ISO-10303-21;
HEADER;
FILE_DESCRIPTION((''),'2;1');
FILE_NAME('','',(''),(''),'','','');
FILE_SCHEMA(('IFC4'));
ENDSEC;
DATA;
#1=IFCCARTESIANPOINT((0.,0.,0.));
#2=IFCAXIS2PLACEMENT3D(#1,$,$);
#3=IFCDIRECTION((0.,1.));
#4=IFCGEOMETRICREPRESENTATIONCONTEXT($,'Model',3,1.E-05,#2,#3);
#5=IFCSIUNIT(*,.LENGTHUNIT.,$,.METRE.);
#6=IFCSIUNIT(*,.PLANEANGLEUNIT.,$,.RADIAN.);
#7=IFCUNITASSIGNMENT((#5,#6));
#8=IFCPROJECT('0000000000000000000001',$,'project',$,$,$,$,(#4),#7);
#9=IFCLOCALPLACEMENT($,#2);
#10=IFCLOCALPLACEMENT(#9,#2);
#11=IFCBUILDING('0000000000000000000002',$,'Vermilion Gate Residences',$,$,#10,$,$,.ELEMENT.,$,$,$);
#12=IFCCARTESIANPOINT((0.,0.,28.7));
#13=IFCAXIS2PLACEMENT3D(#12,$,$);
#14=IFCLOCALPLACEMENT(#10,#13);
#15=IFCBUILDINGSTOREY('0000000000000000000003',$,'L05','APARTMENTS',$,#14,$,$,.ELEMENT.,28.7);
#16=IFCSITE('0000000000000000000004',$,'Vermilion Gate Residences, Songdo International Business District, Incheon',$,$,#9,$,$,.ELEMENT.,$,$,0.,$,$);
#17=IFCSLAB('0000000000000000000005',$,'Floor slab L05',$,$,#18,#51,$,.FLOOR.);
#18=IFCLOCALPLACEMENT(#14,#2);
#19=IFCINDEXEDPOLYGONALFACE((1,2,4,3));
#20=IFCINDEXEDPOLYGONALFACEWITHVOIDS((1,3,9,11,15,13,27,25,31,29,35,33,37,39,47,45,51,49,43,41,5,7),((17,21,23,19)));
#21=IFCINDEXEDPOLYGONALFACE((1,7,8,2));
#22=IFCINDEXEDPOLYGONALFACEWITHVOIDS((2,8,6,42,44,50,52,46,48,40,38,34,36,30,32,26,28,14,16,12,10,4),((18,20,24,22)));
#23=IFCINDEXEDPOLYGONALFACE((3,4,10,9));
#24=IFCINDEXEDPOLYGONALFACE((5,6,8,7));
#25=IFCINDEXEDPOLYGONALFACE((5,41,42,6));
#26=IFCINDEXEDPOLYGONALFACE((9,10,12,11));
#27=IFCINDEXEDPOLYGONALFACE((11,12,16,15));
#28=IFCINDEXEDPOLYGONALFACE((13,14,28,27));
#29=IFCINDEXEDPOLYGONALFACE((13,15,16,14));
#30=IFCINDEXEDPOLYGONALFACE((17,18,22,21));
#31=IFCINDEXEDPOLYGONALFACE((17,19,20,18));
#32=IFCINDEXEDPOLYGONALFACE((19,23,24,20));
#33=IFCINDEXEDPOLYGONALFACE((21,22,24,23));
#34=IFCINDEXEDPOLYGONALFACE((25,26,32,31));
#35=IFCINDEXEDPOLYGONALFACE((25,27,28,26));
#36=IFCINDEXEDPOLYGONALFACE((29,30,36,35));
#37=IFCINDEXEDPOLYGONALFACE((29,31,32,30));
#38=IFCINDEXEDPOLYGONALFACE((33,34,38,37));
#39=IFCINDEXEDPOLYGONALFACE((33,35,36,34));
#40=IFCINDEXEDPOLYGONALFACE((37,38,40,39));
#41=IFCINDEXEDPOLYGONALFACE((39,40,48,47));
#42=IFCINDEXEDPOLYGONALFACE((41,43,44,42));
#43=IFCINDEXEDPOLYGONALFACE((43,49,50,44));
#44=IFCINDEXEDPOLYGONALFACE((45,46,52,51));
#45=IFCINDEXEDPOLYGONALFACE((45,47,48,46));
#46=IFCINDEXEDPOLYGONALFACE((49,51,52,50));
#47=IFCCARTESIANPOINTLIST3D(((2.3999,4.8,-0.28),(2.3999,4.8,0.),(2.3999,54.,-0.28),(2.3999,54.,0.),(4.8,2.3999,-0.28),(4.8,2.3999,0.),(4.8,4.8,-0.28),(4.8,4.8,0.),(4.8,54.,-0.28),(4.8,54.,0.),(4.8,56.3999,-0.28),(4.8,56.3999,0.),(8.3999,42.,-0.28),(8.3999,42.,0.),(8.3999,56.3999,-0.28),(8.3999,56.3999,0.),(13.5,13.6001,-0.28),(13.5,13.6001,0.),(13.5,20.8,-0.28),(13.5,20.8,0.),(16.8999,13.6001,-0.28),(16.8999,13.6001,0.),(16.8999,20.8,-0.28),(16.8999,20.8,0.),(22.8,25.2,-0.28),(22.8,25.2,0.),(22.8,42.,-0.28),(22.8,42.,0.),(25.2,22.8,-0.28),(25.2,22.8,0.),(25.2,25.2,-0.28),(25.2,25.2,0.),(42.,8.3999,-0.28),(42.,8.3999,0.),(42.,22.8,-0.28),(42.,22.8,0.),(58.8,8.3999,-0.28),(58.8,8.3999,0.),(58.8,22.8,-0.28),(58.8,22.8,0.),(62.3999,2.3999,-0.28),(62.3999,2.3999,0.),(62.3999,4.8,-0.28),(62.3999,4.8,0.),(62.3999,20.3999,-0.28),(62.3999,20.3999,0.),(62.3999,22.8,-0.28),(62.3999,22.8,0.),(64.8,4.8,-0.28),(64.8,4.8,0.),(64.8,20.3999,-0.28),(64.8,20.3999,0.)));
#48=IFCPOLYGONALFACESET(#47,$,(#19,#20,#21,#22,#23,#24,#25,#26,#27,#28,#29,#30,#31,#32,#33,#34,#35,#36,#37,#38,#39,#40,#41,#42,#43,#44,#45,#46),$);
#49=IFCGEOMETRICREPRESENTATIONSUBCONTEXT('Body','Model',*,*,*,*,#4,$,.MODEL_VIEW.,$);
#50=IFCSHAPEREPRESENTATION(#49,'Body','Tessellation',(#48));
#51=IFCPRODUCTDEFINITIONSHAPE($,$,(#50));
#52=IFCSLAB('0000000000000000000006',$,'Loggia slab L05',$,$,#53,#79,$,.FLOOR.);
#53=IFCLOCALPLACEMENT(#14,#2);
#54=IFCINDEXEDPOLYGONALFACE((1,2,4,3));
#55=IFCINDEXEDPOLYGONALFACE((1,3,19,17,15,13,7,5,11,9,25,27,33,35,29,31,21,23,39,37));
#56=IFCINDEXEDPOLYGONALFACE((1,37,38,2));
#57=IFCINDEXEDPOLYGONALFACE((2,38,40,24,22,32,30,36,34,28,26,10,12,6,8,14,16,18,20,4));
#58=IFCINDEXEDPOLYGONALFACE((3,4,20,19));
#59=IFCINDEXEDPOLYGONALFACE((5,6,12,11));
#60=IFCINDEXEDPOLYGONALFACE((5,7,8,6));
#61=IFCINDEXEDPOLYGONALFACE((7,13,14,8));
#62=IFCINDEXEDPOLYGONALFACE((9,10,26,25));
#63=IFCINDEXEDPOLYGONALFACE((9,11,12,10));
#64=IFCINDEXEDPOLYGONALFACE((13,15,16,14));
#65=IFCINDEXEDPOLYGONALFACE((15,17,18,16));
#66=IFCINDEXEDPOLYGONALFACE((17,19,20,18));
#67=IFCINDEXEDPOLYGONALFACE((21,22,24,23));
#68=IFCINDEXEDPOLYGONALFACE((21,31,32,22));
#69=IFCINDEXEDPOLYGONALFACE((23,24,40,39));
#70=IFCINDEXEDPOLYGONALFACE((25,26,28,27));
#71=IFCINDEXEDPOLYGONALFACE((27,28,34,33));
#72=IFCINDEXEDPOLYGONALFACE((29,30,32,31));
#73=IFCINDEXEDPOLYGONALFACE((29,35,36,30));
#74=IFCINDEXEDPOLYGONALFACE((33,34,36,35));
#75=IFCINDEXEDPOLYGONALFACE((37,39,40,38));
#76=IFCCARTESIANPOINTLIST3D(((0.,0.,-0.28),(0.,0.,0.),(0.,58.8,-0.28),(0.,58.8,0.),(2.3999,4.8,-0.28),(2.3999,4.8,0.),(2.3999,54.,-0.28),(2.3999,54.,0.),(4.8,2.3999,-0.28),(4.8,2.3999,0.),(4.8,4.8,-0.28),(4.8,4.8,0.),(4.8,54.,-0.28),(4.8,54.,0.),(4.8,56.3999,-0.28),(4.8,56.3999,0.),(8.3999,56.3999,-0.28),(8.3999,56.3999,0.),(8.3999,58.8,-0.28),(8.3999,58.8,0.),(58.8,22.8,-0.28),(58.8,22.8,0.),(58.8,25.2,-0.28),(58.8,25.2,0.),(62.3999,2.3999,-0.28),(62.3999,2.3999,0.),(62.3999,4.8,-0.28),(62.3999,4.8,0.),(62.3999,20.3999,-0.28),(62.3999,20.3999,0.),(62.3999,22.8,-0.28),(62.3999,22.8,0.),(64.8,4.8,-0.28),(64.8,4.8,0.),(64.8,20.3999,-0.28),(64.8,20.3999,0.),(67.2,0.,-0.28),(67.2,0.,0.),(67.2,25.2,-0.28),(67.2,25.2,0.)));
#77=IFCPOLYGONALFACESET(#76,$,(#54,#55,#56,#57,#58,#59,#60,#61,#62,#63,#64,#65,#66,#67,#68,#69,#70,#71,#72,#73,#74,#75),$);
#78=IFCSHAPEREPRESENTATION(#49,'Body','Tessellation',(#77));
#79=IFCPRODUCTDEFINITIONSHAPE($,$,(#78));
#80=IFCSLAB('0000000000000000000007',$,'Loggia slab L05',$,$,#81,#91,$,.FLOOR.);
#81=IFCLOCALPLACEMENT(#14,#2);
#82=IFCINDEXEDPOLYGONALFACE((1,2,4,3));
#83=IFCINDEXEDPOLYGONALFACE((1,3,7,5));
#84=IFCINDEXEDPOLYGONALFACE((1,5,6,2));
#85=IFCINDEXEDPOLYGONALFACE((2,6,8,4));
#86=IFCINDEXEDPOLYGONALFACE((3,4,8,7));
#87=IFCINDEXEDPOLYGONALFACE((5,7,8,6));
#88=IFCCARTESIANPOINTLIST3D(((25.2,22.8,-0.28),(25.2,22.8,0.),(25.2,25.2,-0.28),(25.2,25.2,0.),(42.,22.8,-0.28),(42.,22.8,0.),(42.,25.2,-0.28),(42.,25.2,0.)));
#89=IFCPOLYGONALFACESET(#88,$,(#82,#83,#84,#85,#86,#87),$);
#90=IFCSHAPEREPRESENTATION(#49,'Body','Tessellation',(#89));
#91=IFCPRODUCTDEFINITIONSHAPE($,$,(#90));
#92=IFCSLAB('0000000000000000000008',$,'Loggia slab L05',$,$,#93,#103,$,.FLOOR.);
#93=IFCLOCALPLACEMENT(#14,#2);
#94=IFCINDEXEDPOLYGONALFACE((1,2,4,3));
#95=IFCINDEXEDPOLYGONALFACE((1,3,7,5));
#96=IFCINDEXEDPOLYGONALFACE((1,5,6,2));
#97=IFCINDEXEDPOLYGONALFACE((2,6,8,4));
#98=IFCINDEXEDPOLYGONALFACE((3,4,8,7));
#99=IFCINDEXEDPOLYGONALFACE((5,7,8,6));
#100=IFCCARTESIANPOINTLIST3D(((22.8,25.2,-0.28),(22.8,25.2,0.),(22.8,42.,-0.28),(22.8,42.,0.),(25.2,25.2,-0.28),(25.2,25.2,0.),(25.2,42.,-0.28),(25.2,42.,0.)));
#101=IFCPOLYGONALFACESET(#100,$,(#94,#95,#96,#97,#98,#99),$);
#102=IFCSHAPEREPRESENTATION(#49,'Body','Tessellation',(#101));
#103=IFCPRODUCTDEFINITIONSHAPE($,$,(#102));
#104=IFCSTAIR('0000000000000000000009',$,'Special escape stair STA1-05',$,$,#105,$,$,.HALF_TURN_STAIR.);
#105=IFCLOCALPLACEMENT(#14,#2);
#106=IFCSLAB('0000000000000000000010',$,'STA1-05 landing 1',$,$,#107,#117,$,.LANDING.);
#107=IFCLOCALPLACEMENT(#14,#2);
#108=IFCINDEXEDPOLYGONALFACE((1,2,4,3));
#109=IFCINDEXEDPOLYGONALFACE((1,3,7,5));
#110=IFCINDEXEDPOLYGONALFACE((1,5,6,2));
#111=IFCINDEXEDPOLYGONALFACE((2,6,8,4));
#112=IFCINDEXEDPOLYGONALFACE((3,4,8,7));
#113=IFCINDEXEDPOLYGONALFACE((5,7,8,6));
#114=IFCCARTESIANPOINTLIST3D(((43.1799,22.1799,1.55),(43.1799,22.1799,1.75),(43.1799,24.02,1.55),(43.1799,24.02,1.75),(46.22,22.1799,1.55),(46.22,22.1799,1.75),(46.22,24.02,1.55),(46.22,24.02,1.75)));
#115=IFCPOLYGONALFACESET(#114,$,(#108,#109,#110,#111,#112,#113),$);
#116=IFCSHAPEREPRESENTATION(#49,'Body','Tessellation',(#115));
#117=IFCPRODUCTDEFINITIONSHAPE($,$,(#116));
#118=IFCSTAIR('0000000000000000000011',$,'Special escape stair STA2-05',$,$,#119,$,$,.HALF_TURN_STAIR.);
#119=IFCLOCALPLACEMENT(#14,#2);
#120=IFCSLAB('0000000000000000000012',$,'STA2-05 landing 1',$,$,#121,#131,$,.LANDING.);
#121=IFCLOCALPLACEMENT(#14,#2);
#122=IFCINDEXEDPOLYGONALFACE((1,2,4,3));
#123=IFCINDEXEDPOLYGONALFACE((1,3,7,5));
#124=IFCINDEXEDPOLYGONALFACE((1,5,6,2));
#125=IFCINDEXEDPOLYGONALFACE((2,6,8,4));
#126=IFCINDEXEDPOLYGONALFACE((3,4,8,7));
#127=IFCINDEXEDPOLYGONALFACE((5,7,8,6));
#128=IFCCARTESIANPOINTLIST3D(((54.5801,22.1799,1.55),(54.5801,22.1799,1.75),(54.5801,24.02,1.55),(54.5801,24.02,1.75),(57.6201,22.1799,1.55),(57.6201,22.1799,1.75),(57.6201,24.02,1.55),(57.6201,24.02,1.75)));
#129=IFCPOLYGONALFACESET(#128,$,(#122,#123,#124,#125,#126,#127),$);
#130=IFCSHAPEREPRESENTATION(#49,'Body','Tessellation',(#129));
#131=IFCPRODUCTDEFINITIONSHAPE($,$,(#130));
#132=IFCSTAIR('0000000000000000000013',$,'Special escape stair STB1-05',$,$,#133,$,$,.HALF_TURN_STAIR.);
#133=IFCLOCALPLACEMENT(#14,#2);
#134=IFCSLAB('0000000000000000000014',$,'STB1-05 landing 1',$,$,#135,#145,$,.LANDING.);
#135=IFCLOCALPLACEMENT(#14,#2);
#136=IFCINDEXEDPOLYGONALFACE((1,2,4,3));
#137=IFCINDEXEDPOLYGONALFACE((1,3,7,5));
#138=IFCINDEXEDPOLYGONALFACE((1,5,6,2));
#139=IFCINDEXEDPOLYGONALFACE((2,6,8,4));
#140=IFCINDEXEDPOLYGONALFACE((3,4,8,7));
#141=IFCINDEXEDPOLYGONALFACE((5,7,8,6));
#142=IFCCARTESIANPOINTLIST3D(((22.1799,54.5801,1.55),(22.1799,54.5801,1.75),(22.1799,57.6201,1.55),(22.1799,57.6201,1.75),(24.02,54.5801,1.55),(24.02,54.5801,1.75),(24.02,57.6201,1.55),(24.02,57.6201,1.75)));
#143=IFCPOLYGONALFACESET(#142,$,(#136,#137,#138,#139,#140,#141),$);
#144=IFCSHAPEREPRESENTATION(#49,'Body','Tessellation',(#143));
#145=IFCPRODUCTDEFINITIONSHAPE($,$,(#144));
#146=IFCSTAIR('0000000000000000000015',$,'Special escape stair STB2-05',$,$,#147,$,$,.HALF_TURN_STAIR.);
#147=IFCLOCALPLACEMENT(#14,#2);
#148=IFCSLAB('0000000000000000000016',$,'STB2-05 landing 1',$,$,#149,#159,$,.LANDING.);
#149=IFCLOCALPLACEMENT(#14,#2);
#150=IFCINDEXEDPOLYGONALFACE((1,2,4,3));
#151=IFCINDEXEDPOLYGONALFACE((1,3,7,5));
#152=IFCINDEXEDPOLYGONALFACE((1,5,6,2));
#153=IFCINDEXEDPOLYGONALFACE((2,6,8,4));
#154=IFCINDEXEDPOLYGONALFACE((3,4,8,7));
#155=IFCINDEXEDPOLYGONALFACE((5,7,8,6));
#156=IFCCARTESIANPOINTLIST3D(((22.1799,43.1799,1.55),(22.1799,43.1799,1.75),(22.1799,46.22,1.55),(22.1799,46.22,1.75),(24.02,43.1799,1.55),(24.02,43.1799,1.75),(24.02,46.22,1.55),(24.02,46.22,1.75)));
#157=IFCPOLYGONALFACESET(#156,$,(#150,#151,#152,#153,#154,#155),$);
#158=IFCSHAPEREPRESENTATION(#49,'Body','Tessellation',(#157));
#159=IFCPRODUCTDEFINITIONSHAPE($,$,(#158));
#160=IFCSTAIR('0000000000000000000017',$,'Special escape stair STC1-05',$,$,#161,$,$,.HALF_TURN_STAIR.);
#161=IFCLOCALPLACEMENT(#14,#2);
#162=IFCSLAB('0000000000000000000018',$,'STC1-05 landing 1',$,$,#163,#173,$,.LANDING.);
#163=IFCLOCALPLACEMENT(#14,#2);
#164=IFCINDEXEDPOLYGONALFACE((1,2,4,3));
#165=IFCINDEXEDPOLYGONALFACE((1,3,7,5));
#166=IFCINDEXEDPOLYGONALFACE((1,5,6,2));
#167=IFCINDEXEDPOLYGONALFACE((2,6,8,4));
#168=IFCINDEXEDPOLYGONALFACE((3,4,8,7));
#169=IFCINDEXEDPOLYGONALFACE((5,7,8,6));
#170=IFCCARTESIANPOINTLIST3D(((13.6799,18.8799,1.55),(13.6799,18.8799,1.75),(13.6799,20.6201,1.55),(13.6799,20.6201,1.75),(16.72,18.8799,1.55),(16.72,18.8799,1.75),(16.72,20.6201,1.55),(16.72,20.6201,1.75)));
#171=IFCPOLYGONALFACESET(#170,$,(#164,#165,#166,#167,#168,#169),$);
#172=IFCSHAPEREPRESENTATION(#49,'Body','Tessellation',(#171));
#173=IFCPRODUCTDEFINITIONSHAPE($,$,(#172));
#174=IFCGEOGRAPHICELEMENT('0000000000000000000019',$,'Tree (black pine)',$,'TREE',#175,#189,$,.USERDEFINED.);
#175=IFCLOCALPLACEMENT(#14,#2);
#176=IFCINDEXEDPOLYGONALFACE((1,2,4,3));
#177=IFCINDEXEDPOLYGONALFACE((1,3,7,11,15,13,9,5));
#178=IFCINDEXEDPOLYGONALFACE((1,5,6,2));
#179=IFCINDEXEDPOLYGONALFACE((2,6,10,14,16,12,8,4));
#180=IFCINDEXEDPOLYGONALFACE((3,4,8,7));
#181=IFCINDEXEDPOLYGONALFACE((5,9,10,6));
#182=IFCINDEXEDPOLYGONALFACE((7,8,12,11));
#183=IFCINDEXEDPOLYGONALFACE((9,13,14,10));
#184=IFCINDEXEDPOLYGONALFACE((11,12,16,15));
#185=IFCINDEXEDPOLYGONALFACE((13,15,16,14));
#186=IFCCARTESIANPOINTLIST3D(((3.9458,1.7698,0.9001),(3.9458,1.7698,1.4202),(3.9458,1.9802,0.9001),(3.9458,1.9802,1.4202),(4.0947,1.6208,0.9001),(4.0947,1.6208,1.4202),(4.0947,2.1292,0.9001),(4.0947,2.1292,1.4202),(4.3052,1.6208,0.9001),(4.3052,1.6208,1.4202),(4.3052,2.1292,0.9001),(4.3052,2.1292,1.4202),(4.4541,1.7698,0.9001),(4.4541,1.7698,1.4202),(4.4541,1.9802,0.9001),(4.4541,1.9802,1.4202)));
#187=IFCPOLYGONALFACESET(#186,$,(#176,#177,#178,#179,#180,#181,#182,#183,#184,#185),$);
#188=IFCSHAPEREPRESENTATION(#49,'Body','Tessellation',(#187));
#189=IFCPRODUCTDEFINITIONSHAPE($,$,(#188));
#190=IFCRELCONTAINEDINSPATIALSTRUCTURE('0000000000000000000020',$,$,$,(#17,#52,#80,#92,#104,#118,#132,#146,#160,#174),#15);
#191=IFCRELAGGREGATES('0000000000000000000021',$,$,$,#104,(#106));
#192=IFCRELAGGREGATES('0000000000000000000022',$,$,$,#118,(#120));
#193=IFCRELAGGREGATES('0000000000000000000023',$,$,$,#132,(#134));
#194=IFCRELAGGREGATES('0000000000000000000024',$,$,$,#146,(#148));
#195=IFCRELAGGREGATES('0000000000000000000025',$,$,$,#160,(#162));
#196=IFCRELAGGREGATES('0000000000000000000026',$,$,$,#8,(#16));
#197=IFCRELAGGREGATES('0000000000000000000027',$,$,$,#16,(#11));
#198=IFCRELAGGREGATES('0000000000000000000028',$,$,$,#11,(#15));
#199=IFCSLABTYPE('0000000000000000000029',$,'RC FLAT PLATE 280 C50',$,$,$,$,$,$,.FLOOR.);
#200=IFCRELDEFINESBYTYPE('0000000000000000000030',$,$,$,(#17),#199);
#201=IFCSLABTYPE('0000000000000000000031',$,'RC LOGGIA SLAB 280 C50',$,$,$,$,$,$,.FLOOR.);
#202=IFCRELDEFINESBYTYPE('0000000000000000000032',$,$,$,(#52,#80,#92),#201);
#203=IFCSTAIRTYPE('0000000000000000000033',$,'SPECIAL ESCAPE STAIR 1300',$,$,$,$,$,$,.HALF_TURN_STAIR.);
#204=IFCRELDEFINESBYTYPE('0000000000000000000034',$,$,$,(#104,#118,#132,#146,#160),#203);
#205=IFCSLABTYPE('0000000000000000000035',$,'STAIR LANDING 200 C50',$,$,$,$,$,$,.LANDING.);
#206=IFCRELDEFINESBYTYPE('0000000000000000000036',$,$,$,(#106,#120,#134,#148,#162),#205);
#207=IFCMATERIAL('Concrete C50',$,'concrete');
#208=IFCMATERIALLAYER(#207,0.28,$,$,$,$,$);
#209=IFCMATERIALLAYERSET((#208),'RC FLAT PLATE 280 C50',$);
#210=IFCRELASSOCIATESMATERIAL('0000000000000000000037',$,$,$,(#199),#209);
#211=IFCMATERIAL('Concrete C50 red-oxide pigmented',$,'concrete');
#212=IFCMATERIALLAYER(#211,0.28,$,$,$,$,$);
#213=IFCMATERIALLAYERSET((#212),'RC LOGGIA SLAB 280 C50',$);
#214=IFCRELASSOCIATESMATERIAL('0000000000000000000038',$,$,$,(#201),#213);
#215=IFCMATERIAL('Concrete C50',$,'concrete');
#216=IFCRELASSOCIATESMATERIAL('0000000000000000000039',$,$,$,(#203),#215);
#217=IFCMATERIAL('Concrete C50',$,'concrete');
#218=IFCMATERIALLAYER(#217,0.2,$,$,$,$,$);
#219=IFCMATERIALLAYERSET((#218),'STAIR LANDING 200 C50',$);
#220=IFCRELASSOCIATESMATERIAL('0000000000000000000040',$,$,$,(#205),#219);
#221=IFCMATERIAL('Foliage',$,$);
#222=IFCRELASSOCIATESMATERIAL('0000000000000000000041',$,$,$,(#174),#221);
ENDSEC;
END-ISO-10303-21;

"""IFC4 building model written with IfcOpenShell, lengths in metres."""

from ifc_helpers import new_model, si_unit, direction, frame, origin, place, context, subcontext, project, spatial, polyline, outline, extrude, material, layer, layer_set, type_object, element, aggregate, save


model = new_model("IFC4")

# Units and contexts
model_context = context("Model", 3, precision=1e-05, world=origin(), true_north=direction((0.0, 1.0)))
body_context = subcontext(model_context, "Body", "Model", "MODEL_VIEW")
ifc_project = project(units=[si_unit("LENGTHUNIT", "METRE"), si_unit("PLANEANGLEUNIT", "RADIAN")], contexts=[model_context])

# Site, building, storey
site_placement = place(None, origin())
site = spatial("IfcSite", under=ifc_project, at=site_placement, Name="Vermilion Gate Residences, Songdo International Business District, Incheon", CompositionType="ELEMENT", RefElevation=0.0)
building_placement = place(site_placement, origin())
building = spatial("IfcBuilding", under=site, at=building_placement, Name="Vermilion Gate Residences", CompositionType="ELEMENT")
storey_placement = place(building_placement, frame((0.0, 0.0, 28.7)))
storey = spatial("IfcBuildingStorey", under=building, at=storey_placement, Name="L05", Description="APARTMENTS", CompositionType="ELEMENT", Elevation=28.7)

# Slabs
ifc_material_1 = material(Name="Concrete C50", Category="concrete")
ifc_layer_1 = layer(ifc_material_1, 0.28)
ifc_layer_set_1 = layer_set([ifc_layer_1], Name="RC FLAT PLATE 280 C50")
slab_type_1 = type_object("IfcSlabType", Name="RC FLAT PLATE 280 C50", PredefinedType="FLOOR", material=ifc_layer_set_1)
slab_1_placement = place(storey_placement, frame((0.0, 0.0, -0.28)))
element("IfcSlab", 1, at=slab_1_placement, inside=storey, type_object=slab_type_1, Name="Floor slab L05", PredefinedType="FLOOR", context=body_context, shape_type="SweptSolid", body=[
    extrude(outline(polyline([(22.8, 25.2), (22.8, 42.0), (8.3999, 42.0), (8.3999, 56.3999), (4.8, 56.3999), (4.8, 54.0), (2.3999, 54.0), (2.3999, 4.8), (4.8, 4.8), (4.8, 2.3999), (62.3999, 2.3999), (62.3999, 4.8), (64.8, 4.8), (64.8, 20.3999), (62.3999, 20.3999), (62.3999, 22.8), (58.8, 22.8), (58.8, 8.3999), (42.0, 8.3999), (42.0, 22.8), (25.2, 22.8), (25.2, 25.2), (22.8, 25.2)]), holes=[polyline([(13.5, 13.6001), (13.5, 20.8), (16.8999, 20.8), (16.8999, 13.6001), (13.5, 13.6001)])]), origin(), (0.0, 0.0, 1.0), 0.28),
])
ifc_material_2 = material(Name="Concrete C50 red-oxide pigmented", Category="concrete")
ifc_layer_2 = layer(ifc_material_2, 0.28)
ifc_layer_set_2 = layer_set([ifc_layer_2], Name="RC LOGGIA SLAB 280 C50")
slab_type_2 = type_object("IfcSlabType", Name="RC LOGGIA SLAB 280 C50", PredefinedType="FLOOR", material=ifc_layer_set_2)
slab_2_placement = place(storey_placement, frame((0.0, 0.0, -0.28)))
element("IfcSlab", 2, at=slab_2_placement, inside=storey, type_object=slab_type_2, Name="Loggia slab L05", PredefinedType="FLOOR", context=body_context, shape_type="SweptSolid", body=[
    extrude(outline(polyline([(0.0, 58.8), (0.0, 0.0), (67.2, 0.0), (67.2, 25.2), (58.8, 25.2), (58.8, 22.8), (62.3999, 22.8), (62.3999, 20.3999), (64.8, 20.3999), (64.8, 4.8), (62.3999, 4.8), (62.3999, 2.3999), (4.8, 2.3999), (4.8, 4.8), (2.3999, 4.8), (2.3999, 54.0), (4.8, 54.0), (4.8, 56.3999), (8.3999, 56.3999), (8.3999, 58.8), (0.0, 58.8)])), origin(), (0.0, 0.0, 1.0), 0.28),
])
slab_3_placement = place(storey_placement, frame((0.0, 0.0, -0.28)))
element("IfcSlab", 3, at=slab_3_placement, inside=storey, type_object=slab_type_2, Name="Loggia slab L05", PredefinedType="FLOOR", context=body_context, shape_type="SweptSolid", body=[
    extrude(outline(polyline([(25.2, 22.8), (42.0, 22.8), (42.0, 25.2), (25.2, 25.2), (25.2, 22.8)])), origin(), (0.0, 0.0, 1.0), 0.28),
])
slab_4_placement = place(storey_placement, frame((0.0, 0.0, -0.28)))
element("IfcSlab", 4, at=slab_4_placement, inside=storey, type_object=slab_type_2, Name="Loggia slab L05", PredefinedType="FLOOR", context=body_context, shape_type="SweptSolid", body=[
    extrude(outline(polyline([(22.8, 42.0), (22.8, 25.2), (25.2, 25.2), (25.2, 42.0), (22.8, 42.0)])), origin(), (0.0, 0.0, 1.0), 0.28),
])

# Stairs, slabs
ifc_material_3 = material(Name="Concrete C50", Category="concrete")
stair_type = type_object("IfcStairType", Name="SPECIAL ESCAPE STAIR 1300", PredefinedType="HALF_TURN_STAIR", material=ifc_material_3)
stair_1_placement = place(storey_placement, origin())
stair_1 = element("IfcStair", 5, at=stair_1_placement, inside=storey, type_object=stair_type, Name="Special escape stair STA1-05", PredefinedType="HALF_TURN_STAIR")
ifc_material_4 = material(Name="Concrete C50", Category="concrete")
ifc_layer_3 = layer(ifc_material_4, 0.2)
ifc_layer_set_3 = layer_set([ifc_layer_3], Name="STAIR LANDING 200 C50")
slab_type_3 = type_object("IfcSlabType", Name="STAIR LANDING 200 C50", PredefinedType="LANDING", material=ifc_layer_set_3)
slab_5_placement = place(storey_placement, frame((0.0, 0.0, 1.55)))
slab_5 = element("IfcSlab", 6, at=slab_5_placement, type_object=slab_type_3, Name="STA1-05 landing 1", PredefinedType="LANDING", context=body_context, shape_type="SweptSolid", body=[
    extrude(outline(polyline([(46.22, 22.1799), (46.22, 24.02), (43.1799, 24.02), (43.1799, 22.1799), (46.22, 22.1799)])), origin(), (0.0, 0.0, 1.0), 0.2),
])
aggregate(stair_1, [slab_5])
stair_2_placement = place(storey_placement, origin())
stair_2 = element("IfcStair", 7, at=stair_2_placement, inside=storey, type_object=stair_type, Name="Special escape stair STA2-05", PredefinedType="HALF_TURN_STAIR")
slab_6_placement = place(storey_placement, frame((0.0, 0.0, 1.55)))
slab_6 = element("IfcSlab", 8, at=slab_6_placement, type_object=slab_type_3, Name="STA2-05 landing 1", PredefinedType="LANDING", context=body_context, shape_type="SweptSolid", body=[
    extrude(outline(polyline([(57.6201, 22.1799), (57.6201, 24.02), (54.5801, 24.02), (54.5801, 22.1799), (57.6201, 22.1799)])), origin(), (0.0, 0.0, 1.0), 0.2),
])
aggregate(stair_2, [slab_6])
stair_3_placement = place(storey_placement, origin())
stair_3 = element("IfcStair", 9, at=stair_3_placement, inside=storey, type_object=stair_type, Name="Special escape stair STB1-05", PredefinedType="HALF_TURN_STAIR")
slab_7_placement = place(storey_placement, frame((0.0, 0.0, 1.55)))
slab_7 = element("IfcSlab", 10, at=slab_7_placement, type_object=slab_type_3, Name="STB1-05 landing 1", PredefinedType="LANDING", context=body_context, shape_type="SweptSolid", body=[
    extrude(outline(polyline([(24.02, 54.5801), (24.02, 57.6201), (22.1799, 57.6201), (22.1799, 54.5801), (24.02, 54.5801)])), origin(), (0.0, 0.0, 1.0), 0.2),
])
aggregate(stair_3, [slab_7])
stair_4_placement = place(storey_placement, origin())
stair_4 = element("IfcStair", 11, at=stair_4_placement, inside=storey, type_object=stair_type, Name="Special escape stair STB2-05", PredefinedType="HALF_TURN_STAIR")
slab_8_placement = place(storey_placement, frame((0.0, 0.0, 1.55)))
slab_8 = element("IfcSlab", 12, at=slab_8_placement, type_object=slab_type_3, Name="STB2-05 landing 1", PredefinedType="LANDING", context=body_context, shape_type="SweptSolid", body=[
    extrude(outline(polyline([(24.02, 43.1799), (24.02, 46.22), (22.1799, 46.22), (22.1799, 43.1799), (24.02, 43.1799)])), origin(), (0.0, 0.0, 1.0), 0.2),
])
aggregate(stair_4, [slab_8])
stair_5_placement = place(storey_placement, origin())
stair_5 = element("IfcStair", 13, at=stair_5_placement, inside=storey, type_object=stair_type, Name="Special escape stair STC1-05", PredefinedType="HALF_TURN_STAIR")
slab_9_placement = place(storey_placement, frame((0.0, 0.0, 1.55)))
slab_9 = element("IfcSlab", 14, at=slab_9_placement, type_object=slab_type_3, Name="STC1-05 landing 1", PredefinedType="LANDING", context=body_context, shape_type="SweptSolid", body=[
    extrude(outline(polyline([(16.72, 18.8799), (16.72, 20.6201), (13.6799, 20.6201), (13.6799, 18.8799), (16.72, 18.8799)])), origin(), (0.0, 0.0, 1.0), 0.2),
])
aggregate(stair_5, [slab_9])

# Geographic element
ifc_material_5 = material(Name="Foliage")
geographic_element_1_placement = place(storey_placement, frame((0.0, 0.0, 0.9001)))
element("IfcGeographicElement", 15, at=geographic_element_1_placement, inside=storey, material=ifc_material_5, Name="Tree (black pine)", ObjectType="TREE", PredefinedType="USERDEFINED", context=body_context, shape_type="SweptSolid", body=[
    extrude(outline(polyline([(4.4541, 1.9802), (4.3052, 2.1292), (4.0947, 2.1292), (3.9458, 1.9802), (3.9458, 1.7698), (4.0947, 1.6208), (4.3052, 1.6208), (4.4541, 1.7698), (4.4541, 1.9802)])), origin(), (0.0, 0.0, 1.0), 0.52),
])

save(model, "model.ifc")
